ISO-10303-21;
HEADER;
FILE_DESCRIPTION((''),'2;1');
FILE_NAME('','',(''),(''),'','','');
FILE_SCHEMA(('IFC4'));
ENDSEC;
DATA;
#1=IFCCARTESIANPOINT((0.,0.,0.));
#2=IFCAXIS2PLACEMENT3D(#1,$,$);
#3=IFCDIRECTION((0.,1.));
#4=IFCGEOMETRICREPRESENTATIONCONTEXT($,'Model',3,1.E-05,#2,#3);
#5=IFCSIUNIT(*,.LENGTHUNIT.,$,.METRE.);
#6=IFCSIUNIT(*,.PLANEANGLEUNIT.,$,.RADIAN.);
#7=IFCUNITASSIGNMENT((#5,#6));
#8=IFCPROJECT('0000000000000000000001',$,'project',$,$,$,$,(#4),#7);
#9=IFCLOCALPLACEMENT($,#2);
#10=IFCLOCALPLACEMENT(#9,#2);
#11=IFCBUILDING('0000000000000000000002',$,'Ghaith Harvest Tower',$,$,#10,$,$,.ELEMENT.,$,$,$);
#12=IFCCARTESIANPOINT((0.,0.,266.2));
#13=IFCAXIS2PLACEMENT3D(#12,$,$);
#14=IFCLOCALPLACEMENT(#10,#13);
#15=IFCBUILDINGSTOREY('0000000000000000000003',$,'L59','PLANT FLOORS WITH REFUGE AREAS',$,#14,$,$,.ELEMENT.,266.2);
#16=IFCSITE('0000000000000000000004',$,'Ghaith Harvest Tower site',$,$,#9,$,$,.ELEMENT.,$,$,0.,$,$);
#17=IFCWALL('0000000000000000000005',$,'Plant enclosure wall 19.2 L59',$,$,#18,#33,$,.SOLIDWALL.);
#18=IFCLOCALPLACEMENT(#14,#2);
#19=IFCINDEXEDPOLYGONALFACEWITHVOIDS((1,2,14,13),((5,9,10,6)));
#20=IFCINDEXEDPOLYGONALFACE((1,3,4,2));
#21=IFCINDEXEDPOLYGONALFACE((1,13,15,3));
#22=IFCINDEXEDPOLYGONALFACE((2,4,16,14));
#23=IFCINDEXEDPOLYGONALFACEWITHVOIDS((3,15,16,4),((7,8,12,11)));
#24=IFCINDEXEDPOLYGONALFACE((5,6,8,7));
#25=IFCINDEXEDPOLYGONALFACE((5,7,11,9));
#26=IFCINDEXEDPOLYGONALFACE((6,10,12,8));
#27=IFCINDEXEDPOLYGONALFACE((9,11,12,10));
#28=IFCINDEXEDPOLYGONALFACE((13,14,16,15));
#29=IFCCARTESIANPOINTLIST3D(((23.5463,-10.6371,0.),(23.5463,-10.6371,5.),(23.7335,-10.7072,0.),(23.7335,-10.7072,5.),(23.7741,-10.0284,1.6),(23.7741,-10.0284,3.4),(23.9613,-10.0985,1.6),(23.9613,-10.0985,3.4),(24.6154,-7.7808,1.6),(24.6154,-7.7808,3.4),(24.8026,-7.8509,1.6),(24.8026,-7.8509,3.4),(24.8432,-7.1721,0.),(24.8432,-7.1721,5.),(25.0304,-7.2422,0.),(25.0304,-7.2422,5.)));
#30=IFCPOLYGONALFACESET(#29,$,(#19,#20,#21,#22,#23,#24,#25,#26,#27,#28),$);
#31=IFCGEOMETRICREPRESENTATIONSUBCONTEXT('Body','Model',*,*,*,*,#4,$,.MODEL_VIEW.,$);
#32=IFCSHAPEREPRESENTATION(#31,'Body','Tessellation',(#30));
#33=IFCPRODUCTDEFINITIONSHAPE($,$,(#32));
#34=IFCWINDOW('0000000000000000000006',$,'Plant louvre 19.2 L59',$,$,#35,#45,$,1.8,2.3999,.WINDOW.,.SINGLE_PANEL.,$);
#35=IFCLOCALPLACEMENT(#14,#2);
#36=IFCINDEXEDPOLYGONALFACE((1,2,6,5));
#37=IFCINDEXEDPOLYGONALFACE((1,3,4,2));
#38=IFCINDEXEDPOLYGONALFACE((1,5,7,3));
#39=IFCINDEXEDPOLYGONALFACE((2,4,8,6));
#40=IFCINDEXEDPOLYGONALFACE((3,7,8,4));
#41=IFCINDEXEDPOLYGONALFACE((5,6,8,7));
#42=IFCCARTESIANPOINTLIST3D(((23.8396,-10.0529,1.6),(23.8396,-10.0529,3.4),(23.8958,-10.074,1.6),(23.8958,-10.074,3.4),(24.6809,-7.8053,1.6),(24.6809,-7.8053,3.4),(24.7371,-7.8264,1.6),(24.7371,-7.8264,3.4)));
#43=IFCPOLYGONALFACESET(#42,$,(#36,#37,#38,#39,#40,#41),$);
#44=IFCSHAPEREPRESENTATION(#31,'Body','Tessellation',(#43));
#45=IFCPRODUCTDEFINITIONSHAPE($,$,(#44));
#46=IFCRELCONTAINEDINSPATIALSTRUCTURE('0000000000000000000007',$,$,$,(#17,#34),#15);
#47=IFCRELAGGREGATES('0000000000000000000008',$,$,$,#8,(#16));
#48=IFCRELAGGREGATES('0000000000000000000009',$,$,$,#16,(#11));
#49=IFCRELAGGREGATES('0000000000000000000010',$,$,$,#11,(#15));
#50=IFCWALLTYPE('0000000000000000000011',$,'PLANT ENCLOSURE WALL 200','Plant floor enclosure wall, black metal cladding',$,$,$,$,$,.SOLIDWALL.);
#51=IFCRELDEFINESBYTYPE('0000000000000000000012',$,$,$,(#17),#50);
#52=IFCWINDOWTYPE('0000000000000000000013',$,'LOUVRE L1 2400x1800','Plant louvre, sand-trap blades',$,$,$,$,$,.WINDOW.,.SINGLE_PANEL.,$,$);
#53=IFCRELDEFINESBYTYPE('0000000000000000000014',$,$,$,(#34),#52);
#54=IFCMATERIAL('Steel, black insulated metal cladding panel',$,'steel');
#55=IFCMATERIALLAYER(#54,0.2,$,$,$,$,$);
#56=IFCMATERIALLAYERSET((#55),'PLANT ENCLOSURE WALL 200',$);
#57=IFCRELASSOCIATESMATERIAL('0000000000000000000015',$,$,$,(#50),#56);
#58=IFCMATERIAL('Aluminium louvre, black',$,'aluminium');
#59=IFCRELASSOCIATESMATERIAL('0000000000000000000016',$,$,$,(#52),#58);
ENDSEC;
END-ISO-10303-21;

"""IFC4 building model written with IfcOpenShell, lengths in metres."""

from ifc_helpers import new_model, si_unit, direction, frame, frame_2d, origin, place, context, subcontext, project, spatial, rectangle, extrude, material, layer, layer_set, type_object, element, fill, save


model = new_model("IFC4")

# Units and contexts
model_context = context("Model", 3, precision=1e-05, world=origin(), true_north=direction((0.0, 1.0)))
body_context = subcontext(model_context, "Body", "Model", "MODEL_VIEW")
ifc_project = project(units=[si_unit("LENGTHUNIT", "METRE"), si_unit("PLANEANGLEUNIT", "RADIAN")], contexts=[model_context])

# Site, building, storey
site_placement = place(None, origin())
site = spatial("IfcSite", under=ifc_project, at=site_placement, Name="Ghaith Harvest Tower site", CompositionType="ELEMENT", RefElevation=0.0)
building_placement = place(site_placement, origin())
building = spatial("IfcBuilding", under=site, at=building_placement, Name="Ghaith Harvest Tower", CompositionType="ELEMENT")
storey_placement = place(building_placement, frame((0.0, 0.0, 266.2)))
storey = spatial("IfcBuildingStorey", under=building, at=storey_placement, Name="L59", Description="PLANT FLOORS WITH REFUGE AREAS", CompositionType="ELEMENT", Elevation=266.2)

# Wall, opening, window
ifc_material_1 = material(Name="Steel, black insulated metal cladding panel", Category="steel")
ifc_layer_1 = layer(ifc_material_1, 0.2)
ifc_layer_set_1 = layer_set([ifc_layer_1], Name="PLANT ENCLOSURE WALL 200")
wall_type_1 = type_object("IfcWallType", Name="PLANT ENCLOSURE WALL 200", Description="Plant floor enclosure wall, black metal cladding", PredefinedType="SOLIDWALL", material=ifc_layer_set_1)
ifc_material_2 = material(Name="Aluminium louvre, black", Category="aluminium")
window_type = type_object("IfcWindowType", Name="LOUVRE L1 2400x1800", Description="Plant louvre, sand-trap blades", PartitioningType="SINGLE_PANEL", PredefinedType="WINDOW", material=ifc_material_2)
wall_1_placement = place(storey_placement, frame((23.6399, -10.6721, 0.0), z_axis=(0.0, 0.0, 1.0), x_axis=(0.350545, 0.936546, 0.0)))
wall_1 = element("IfcWall", 1, at=wall_1_placement, inside=storey, type_object=wall_type_1, Name="Plant enclosure wall 19.2 L59", PredefinedType="SOLIDWALL", context=body_context, shape_type="SweptSolid", body=[
    extrude(rectangle(XDim=3.6997, YDim=0.2, at=frame_2d((1.8499, 0.0))), origin(), (0.0, 0.0, 1.0), 5.0),
])
opening_1_placement = place(wall_1_placement, frame((0.6499, 0.0, 1.6001)))
opening_1 = element("IfcOpeningElement", 2, at=opening_1_placement, cuts=wall_1, PredefinedType="OPENING", context=body_context, shape_type="SweptSolid", body=[
    extrude(rectangle(XDim=2.3999, YDim=1.8, at=frame_2d((1.2, 0.8999))), frame((0.0, 0.1099, 0.0), z_axis=(0.0, -1.0, 0.0), x_axis=(1.0, 0.0, 0.0)), (0.0, 0.0, 1.0), 0.22),
])
window_1_placement = place(opening_1_placement, origin())
window_1 = element("IfcWindow", 3, at=window_1_placement, inside=storey, type_object=window_type, Name="Plant louvre 19.2 L59", OverallHeight=1.8, OverallWidth=2.3999, PartitioningType="SINGLE_PANEL", PredefinedType="WINDOW", context=body_context, shape_type="SweptSolid", body=[
    extrude(rectangle(XDim=2.3999, YDim=1.8, at=frame_2d((1.2, 0.8999))), frame((0.0, 0.03, 0.0), z_axis=(0.0, -1.0, 0.0), x_axis=(1.0, 0.0, 0.0)), (0.0, 0.0, 1.0), 0.0601),
])
fill(opening_1, window_1)

save(model, "model.ifc")
